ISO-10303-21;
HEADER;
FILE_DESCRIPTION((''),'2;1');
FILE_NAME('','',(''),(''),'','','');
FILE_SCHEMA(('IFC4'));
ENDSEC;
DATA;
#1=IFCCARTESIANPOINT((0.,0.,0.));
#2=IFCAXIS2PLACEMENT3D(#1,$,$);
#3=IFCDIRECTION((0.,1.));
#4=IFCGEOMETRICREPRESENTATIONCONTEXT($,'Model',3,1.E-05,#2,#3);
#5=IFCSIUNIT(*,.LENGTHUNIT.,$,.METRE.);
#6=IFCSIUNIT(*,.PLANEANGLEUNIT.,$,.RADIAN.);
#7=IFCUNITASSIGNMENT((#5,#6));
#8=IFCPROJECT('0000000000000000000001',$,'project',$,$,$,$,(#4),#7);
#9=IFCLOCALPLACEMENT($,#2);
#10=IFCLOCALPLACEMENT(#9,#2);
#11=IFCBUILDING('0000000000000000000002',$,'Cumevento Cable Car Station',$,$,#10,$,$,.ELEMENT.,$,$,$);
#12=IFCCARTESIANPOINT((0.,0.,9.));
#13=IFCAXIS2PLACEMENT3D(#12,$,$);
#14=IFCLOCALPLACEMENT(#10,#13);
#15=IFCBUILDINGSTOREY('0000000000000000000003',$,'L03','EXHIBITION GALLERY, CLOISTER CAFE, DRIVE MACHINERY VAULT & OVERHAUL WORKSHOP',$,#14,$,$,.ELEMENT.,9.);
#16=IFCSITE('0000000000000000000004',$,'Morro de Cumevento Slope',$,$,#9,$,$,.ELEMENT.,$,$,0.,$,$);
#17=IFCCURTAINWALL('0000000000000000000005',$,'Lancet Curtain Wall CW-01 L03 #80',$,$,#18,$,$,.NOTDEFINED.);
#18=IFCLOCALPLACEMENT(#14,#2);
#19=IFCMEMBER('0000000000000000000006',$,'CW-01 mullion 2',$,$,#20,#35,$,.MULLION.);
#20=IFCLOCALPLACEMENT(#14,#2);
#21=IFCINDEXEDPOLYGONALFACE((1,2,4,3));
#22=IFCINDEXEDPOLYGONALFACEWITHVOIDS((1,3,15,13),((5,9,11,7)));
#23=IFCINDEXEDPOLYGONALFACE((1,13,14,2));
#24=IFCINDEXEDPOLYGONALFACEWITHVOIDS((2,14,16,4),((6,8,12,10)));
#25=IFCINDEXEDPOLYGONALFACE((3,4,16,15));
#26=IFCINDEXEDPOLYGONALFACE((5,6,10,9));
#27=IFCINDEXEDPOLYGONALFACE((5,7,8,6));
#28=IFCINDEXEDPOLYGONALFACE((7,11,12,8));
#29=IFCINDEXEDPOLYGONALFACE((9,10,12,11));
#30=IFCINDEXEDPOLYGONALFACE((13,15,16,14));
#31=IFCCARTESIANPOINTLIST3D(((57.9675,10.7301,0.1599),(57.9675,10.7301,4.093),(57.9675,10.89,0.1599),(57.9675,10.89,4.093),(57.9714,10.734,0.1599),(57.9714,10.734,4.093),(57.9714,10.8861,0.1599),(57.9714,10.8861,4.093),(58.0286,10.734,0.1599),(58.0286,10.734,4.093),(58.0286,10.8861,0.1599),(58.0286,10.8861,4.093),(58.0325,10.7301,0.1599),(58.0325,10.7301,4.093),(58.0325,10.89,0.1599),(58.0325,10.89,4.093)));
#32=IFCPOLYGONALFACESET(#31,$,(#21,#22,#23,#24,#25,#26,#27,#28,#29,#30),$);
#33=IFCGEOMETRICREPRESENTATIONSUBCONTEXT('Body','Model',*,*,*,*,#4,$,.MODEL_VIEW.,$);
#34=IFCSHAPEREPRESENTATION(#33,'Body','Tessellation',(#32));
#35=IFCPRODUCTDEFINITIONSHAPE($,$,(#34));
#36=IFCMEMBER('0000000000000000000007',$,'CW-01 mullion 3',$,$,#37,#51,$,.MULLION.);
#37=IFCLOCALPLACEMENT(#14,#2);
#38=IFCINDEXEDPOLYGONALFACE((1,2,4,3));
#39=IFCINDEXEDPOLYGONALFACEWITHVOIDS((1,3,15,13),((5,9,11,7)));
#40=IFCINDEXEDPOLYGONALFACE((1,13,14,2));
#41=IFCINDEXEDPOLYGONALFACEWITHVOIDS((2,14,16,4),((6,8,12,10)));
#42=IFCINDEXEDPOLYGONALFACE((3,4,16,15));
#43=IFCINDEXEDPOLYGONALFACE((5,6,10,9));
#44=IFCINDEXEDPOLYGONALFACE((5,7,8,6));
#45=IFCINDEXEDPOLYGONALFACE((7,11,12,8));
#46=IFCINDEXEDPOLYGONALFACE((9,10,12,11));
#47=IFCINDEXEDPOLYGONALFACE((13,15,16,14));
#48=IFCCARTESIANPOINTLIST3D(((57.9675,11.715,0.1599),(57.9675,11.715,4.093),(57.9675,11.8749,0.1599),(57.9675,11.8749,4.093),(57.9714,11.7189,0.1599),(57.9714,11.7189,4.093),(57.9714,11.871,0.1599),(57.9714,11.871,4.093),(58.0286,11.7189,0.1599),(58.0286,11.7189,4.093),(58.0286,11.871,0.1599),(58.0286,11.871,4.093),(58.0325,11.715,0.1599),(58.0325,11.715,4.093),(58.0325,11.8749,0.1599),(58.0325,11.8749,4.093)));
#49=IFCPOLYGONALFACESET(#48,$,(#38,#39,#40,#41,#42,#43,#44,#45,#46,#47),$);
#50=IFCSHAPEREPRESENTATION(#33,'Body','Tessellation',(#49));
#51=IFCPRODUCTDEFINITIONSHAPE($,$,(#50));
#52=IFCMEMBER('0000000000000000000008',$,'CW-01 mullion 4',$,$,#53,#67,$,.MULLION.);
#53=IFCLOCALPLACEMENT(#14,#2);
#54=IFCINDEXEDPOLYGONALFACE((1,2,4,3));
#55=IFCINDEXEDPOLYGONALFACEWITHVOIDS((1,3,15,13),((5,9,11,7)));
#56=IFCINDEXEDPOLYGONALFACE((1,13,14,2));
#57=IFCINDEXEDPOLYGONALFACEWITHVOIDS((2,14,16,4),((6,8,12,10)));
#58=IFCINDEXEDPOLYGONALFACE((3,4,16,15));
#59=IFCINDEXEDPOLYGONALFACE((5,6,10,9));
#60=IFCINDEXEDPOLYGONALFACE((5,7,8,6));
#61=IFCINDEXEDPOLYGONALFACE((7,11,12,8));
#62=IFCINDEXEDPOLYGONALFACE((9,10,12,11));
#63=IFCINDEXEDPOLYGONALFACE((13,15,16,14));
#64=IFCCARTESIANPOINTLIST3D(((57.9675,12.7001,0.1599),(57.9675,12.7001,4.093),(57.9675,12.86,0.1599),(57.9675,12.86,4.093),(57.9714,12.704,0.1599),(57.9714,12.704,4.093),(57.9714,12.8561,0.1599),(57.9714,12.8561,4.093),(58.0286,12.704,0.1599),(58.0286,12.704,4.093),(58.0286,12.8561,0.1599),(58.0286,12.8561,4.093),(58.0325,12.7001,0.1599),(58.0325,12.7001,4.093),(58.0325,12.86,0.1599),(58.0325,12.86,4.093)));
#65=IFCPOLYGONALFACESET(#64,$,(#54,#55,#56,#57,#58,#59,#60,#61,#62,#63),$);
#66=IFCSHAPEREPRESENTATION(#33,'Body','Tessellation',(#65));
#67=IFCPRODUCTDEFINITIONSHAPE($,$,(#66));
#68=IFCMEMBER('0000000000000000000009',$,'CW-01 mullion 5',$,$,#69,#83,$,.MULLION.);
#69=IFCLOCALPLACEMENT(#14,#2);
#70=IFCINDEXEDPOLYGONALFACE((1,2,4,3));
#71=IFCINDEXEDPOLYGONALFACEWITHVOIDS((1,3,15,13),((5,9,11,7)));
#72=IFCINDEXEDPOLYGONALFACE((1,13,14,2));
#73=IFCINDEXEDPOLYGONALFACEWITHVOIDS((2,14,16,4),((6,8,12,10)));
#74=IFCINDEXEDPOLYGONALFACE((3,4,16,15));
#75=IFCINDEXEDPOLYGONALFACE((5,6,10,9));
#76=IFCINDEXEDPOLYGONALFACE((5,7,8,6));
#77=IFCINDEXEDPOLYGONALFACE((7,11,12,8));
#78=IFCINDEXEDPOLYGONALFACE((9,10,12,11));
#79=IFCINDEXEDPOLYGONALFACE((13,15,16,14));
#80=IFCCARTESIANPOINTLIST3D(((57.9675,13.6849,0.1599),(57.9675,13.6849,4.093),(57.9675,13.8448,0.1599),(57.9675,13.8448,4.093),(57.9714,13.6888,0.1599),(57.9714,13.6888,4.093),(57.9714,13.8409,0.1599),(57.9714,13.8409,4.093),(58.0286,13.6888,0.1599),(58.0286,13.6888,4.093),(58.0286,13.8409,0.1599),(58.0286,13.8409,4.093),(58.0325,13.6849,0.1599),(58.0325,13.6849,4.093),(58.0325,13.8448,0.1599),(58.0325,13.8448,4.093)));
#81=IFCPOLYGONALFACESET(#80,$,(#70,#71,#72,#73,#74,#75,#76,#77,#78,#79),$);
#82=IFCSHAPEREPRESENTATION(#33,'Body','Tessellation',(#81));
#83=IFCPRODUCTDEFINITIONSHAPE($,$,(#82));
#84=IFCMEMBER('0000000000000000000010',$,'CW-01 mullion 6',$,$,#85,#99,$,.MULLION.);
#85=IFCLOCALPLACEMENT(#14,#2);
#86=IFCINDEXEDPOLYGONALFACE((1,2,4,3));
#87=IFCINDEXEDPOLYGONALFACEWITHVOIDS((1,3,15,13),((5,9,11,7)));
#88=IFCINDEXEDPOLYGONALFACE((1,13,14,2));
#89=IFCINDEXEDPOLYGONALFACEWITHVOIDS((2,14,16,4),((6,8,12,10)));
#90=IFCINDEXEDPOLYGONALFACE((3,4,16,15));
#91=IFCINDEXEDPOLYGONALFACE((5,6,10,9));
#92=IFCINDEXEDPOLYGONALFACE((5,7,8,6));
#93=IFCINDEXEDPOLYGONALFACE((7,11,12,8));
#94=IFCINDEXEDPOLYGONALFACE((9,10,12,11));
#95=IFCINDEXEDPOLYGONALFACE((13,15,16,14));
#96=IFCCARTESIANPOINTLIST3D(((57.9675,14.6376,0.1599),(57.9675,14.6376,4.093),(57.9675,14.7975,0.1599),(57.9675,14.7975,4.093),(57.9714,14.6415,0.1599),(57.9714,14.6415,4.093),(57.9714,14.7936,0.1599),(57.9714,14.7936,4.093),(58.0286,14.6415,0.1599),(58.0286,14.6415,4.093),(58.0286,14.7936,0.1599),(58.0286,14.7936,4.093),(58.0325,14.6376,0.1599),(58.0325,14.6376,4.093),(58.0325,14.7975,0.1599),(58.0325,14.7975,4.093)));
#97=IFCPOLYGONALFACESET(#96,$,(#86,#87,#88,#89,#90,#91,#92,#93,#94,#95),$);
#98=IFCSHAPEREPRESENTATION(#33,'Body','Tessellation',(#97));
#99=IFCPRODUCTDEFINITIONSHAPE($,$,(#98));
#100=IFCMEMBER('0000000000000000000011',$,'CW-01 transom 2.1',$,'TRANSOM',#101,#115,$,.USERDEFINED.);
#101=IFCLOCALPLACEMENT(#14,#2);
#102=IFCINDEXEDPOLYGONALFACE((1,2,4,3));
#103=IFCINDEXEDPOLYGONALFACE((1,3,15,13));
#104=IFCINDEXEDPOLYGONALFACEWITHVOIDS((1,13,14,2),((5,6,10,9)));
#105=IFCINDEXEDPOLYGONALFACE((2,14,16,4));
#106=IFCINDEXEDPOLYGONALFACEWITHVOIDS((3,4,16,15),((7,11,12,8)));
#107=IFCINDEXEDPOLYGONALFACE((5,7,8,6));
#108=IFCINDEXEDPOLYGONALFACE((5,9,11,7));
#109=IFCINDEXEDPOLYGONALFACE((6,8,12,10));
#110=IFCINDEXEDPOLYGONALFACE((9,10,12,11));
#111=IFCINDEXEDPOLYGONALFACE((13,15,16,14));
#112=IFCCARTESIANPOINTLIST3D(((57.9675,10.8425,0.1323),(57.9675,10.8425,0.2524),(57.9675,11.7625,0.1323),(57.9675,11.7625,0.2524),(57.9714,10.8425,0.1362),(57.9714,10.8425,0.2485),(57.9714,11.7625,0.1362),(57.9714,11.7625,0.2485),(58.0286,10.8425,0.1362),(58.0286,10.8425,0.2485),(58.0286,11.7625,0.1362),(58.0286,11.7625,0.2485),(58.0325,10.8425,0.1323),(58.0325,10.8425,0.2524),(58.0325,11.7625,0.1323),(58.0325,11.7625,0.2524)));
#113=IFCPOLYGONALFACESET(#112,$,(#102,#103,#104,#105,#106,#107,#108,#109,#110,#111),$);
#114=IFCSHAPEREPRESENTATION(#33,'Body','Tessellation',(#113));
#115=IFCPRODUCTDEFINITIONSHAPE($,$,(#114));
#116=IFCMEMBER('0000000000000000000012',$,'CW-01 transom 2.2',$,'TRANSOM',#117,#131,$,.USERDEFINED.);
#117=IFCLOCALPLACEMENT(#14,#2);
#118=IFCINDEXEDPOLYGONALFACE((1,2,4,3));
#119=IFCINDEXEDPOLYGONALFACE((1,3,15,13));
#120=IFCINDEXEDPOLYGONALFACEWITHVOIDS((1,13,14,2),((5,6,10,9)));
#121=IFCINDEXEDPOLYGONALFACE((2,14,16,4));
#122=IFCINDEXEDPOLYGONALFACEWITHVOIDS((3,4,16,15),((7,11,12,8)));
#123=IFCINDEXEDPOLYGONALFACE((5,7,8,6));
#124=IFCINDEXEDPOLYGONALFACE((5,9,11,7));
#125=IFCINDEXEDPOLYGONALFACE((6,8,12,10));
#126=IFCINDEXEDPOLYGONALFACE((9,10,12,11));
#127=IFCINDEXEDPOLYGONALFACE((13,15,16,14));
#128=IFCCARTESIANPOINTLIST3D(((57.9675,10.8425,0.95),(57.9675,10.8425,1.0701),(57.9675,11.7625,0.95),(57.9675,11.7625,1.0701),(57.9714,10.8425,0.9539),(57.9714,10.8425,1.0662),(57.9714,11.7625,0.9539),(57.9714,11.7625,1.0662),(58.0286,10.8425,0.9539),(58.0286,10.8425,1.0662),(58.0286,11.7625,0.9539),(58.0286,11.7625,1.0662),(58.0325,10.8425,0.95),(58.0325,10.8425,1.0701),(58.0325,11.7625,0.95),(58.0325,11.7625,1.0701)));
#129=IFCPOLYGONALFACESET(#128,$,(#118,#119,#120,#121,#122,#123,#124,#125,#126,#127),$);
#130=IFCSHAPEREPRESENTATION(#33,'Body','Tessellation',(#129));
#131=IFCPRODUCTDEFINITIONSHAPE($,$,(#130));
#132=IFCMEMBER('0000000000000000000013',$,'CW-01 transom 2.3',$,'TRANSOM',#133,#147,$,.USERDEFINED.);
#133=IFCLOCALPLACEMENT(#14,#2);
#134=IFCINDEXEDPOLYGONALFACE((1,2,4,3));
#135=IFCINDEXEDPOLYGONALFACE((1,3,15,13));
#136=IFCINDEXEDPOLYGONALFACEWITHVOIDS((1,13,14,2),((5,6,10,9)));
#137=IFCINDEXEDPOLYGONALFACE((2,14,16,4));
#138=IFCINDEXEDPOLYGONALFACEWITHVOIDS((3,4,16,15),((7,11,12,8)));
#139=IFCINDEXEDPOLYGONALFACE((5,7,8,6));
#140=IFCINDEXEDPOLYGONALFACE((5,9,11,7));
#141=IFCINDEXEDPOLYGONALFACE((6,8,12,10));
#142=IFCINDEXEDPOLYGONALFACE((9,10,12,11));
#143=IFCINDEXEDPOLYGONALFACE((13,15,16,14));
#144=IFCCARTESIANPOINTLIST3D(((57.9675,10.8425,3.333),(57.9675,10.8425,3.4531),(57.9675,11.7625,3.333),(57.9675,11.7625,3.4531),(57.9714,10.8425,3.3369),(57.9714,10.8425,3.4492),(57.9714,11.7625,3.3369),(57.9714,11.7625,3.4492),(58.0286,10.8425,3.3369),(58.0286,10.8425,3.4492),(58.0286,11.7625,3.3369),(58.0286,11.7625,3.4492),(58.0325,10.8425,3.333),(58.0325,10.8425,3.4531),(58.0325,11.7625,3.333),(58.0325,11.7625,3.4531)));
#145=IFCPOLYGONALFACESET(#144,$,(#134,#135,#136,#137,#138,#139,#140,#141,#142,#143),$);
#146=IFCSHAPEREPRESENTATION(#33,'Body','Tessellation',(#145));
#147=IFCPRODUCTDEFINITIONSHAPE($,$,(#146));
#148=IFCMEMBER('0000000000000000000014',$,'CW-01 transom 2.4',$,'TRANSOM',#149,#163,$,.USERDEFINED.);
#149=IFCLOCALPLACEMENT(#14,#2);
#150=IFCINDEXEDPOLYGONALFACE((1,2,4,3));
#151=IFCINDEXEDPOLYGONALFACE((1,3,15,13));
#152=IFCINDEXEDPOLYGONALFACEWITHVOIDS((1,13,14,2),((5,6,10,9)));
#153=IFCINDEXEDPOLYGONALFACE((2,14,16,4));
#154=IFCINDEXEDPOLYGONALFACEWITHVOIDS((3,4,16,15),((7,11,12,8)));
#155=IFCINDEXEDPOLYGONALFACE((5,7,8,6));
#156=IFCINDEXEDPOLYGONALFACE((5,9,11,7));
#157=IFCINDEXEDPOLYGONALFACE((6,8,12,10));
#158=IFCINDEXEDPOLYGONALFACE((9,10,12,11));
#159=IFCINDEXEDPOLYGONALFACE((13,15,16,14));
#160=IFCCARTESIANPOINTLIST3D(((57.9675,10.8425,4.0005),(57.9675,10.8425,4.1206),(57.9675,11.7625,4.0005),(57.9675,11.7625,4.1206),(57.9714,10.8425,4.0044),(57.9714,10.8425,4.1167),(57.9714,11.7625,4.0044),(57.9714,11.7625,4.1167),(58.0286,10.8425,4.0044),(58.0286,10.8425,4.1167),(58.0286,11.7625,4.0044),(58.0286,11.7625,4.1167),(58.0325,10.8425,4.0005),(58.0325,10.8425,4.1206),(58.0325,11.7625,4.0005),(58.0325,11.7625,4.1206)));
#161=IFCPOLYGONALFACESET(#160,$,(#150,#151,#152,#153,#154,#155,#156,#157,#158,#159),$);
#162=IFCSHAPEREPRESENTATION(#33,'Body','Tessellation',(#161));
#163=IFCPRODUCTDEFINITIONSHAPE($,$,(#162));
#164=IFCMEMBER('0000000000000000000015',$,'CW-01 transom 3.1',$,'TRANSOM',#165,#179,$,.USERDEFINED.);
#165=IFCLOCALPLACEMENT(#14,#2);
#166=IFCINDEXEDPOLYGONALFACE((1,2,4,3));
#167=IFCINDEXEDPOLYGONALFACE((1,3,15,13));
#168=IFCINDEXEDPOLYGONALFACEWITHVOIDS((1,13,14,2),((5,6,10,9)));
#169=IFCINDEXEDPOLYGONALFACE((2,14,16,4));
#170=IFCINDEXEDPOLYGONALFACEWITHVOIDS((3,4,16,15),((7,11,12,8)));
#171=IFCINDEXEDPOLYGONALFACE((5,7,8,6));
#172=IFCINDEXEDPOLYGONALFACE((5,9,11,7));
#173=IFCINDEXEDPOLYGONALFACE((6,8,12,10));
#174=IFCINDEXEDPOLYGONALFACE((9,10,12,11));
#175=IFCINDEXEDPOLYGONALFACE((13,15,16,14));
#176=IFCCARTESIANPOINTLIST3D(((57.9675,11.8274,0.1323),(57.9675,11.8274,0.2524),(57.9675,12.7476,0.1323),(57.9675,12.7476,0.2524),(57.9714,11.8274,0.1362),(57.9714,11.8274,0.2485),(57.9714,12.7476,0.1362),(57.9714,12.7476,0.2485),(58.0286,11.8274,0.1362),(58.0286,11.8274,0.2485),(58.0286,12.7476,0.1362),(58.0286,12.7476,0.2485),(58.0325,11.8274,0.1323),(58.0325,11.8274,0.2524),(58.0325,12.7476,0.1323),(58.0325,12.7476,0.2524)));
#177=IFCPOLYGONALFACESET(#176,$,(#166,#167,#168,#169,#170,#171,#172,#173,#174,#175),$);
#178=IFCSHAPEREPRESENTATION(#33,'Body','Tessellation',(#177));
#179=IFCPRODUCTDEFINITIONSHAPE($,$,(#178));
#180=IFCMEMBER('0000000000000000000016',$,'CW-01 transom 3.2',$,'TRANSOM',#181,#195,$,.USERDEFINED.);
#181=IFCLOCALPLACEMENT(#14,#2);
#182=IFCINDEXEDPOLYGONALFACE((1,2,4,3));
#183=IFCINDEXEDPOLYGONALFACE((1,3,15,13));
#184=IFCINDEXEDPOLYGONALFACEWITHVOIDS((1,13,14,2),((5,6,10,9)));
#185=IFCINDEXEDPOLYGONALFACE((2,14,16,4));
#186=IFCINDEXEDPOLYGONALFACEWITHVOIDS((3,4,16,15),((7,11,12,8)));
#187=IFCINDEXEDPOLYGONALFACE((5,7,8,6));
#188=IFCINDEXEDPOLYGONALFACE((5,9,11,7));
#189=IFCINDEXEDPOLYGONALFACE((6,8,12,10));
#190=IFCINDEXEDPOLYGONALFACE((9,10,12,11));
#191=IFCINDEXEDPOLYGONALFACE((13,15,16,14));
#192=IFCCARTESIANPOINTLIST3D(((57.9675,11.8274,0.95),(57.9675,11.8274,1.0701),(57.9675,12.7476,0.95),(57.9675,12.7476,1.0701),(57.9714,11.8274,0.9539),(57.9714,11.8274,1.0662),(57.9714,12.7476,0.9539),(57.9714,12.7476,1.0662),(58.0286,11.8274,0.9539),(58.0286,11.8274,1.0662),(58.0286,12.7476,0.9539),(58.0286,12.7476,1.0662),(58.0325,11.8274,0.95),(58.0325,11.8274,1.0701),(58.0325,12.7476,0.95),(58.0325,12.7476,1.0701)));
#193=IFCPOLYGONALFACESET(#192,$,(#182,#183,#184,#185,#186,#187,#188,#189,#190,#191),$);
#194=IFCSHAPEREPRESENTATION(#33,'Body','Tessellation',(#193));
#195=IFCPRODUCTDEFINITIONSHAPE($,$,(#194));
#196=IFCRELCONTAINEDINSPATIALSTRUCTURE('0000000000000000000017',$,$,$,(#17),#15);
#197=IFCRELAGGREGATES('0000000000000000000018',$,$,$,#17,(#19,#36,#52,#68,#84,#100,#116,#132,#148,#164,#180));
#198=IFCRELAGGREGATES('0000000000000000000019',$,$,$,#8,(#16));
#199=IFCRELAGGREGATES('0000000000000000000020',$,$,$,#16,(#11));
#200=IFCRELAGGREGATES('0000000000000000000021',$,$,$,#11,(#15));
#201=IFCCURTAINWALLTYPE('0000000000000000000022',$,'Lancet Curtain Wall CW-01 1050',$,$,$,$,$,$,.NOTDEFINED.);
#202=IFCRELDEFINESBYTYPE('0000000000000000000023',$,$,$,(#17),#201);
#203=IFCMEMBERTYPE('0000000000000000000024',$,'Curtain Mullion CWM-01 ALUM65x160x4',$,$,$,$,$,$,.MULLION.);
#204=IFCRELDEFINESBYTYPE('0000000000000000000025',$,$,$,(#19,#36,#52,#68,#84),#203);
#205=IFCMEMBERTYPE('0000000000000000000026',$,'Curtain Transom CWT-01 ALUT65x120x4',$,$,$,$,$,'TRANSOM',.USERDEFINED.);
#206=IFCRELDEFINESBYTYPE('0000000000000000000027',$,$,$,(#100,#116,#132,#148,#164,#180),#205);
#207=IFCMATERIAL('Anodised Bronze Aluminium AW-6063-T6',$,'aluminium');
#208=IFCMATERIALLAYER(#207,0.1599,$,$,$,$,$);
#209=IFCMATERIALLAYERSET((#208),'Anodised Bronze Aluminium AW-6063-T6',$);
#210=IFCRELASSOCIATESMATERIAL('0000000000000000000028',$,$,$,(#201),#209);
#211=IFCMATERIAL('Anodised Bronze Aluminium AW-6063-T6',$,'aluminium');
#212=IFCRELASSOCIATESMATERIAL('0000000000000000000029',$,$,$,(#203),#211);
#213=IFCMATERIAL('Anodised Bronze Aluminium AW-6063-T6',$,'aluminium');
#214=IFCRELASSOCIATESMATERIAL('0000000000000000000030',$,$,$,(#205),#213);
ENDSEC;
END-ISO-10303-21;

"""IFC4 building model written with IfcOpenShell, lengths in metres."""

from ifc_helpers import new_model, si_unit, direction, frame, origin, origin_2d, place, context, subcontext, project, spatial, hollow_rectangle, extrude, material, layer, layer_set, material_profile, profile_set, type_object, element, aggregate, save


model = new_model("IFC4")

# Units and contexts
model_context = context("Model", 3, precision=1e-05, world=origin(), true_north=direction((0.0, 1.0)))
body_context = subcontext(model_context, "Body", "Model", "MODEL_VIEW")
ifc_project = project(units=[si_unit("LENGTHUNIT", "METRE"), si_unit("PLANEANGLEUNIT", "RADIAN")], contexts=[model_context])

# Site, building, storey
site_placement = place(None, origin())
site = spatial("IfcSite", under=ifc_project, at=site_placement, Name="Morro de Cumevento Slope", CompositionType="ELEMENT", RefElevation=0.0)
building_placement = place(site_placement, origin())
building = spatial("IfcBuilding", under=site, at=building_placement, Name="Cumevento Cable Car Station", CompositionType="ELEMENT")
storey_placement = place(building_placement, frame((0.0, 0.0, 9.0)))
storey = spatial("IfcBuildingStorey", under=building, at=storey_placement, Name="L03", Description="EXHIBITION GALLERY, CLOISTER CAFE, DRIVE MACHINERY VAULT & OVERHAUL WORKSHOP", CompositionType="ELEMENT", Elevation=9.0)

# Curtain wall, members
ifc_material_1 = material(Name="Anodised Bronze Aluminium AW-6063-T6", Category="aluminium")
ifc_layer_1 = layer(ifc_material_1, 0.1599)
ifc_layer_set_1 = layer_set([ifc_layer_1], Name="Anodised Bronze Aluminium AW-6063-T6")
curtain_wall_type = type_object("IfcCurtainWallType", Name="Lancet Curtain Wall CW-01 1050", PredefinedType="NOTDEFINED", material=ifc_layer_set_1)
curtain_wall_placement = place(storey_placement, origin())
curtain_wall = element("IfcCurtainWall", 1, at=curtain_wall_placement, inside=storey, type_object=curtain_wall_type, Name="Lancet Curtain Wall CW-01 L03 #80", PredefinedType="NOTDEFINED")
ifc_material_2 = material(Name="Anodised Bronze Aluminium AW-6063-T6", Category="aluminium")
ifc_material_profile_1 = material_profile(ifc_material_2, hollow_rectangle(XDim=0.0649, YDim=0.1599, WallThickness=0.0039, at=origin_2d()), Name="ALUM65x160x4")
ifc_profile_set_1 = profile_set([ifc_material_profile_1], Name="Anodised Bronze Aluminium AW-6063-T6")
member_type_1 = type_object("IfcMemberType", Name="Curtain Mullion CWM-01 ALUM65x160x4", PredefinedType="MULLION", material=ifc_profile_set_1)
member_1_placement = place(storey_placement, frame((58.0, 10.8101, 0.1599), z_axis=(0.0, 0.0, 1.0), x_axis=(-1.0, 0.0, 0.0)))
member_1 = element("IfcMember", 2, at=member_1_placement, type_object=member_type_1, Name="CW-01 mullion 2", PredefinedType="MULLION", context=body_context, shape_type="SweptSolid", body=[
    extrude(hollow_rectangle(XDim=0.0649, YDim=0.1599, WallThickness=0.0039, at=origin_2d()), origin(), (0.0, 0.0, 1.0), 3.9331),
])
member_2_placement = place(storey_placement, frame((58.0, 11.7949, 0.1599), z_axis=(0.0, 0.0, 1.0), x_axis=(-1.0, 0.0, 0.0)))
member_2 = element("IfcMember", 3, at=member_2_placement, type_object=member_type_1, Name="CW-01 mullion 3", PredefinedType="MULLION", context=body_context, shape_type="SweptSolid", body=[
    extrude(hollow_rectangle(XDim=0.0649, YDim=0.1599, WallThickness=0.0039, at=origin_2d()), origin(), (0.0, 0.0, 1.0), 3.9331),
])
member_3_placement = place(storey_placement, frame((58.0, 12.78, 0.1599), z_axis=(0.0, 0.0, 1.0), x_axis=(-1.0, 0.0, 0.0)))
member_3 = element("IfcMember", 4, at=member_3_placement, type_object=member_type_1, Name="CW-01 mullion 4", PredefinedType="MULLION", context=body_context, shape_type="SweptSolid", body=[
    extrude(hollow_rectangle(XDim=0.0649, YDim=0.1599, WallThickness=0.0039, at=origin_2d()), origin(), (0.0, 0.0, 1.0), 3.9331),
])
member_4_placement = place(storey_placement, frame((58.0, 13.7649, 0.1599), z_axis=(0.0, 0.0, 1.0), x_axis=(-1.0, 0.0, 0.0)))
member_4 = element("IfcMember", 5, at=member_4_placement, type_object=member_type_1, Name="CW-01 mullion 5", PredefinedType="MULLION", context=body_context, shape_type="SweptSolid", body=[
    extrude(hollow_rectangle(XDim=0.0649, YDim=0.1599, WallThickness=0.0039, at=origin_2d()), origin(), (0.0, 0.0, 1.0), 3.9331),
])
member_5_placement = place(storey_placement, frame((58.0, 14.7175, 0.1599), z_axis=(0.0, 0.0, 1.0), x_axis=(-1.0, 0.0, 0.0)))
member_5 = element("IfcMember", 6, at=member_5_placement, type_object=member_type_1, Name="CW-01 mullion 6", PredefinedType="MULLION", context=body_context, shape_type="SweptSolid", body=[
    extrude(hollow_rectangle(XDim=0.0649, YDim=0.1599, WallThickness=0.0039, at=origin_2d()), origin(), (0.0, 0.0, 1.0), 3.9331),
])
ifc_material_3 = material(Name="Anodised Bronze Aluminium AW-6063-T6", Category="aluminium")
ifc_material_profile_2 = material_profile(ifc_material_3, hollow_rectangle(XDim=0.0649, YDim=0.1201, WallThickness=0.0039, at=origin_2d()), Name="ALUT65x120x4")
ifc_profile_set_2 = profile_set([ifc_material_profile_2], Name="Anodised Bronze Aluminium AW-6063-T6")
member_type_2 = type_object("IfcMemberType", Name="Curtain Transom CWT-01 ALUT65x120x4", ElementType="TRANSOM", PredefinedType="USERDEFINED", material=ifc_profile_set_2)
member_6_placement = place(storey_placement, frame((58.0, 10.8425, 0.1924), z_axis=(0.0, 1.0, 0.0), x_axis=(-1.0, 0.0, 0.0)))
member_6 = element("IfcMember", 7, at=member_6_placement, type_object=member_type_2, Name="CW-01 transom 2.1", ObjectType="TRANSOM", PredefinedType="USERDEFINED", context=body_context, shape_type="SweptSolid", body=[
    extrude(hollow_rectangle(XDim=0.0649, YDim=0.1201, WallThickness=0.0039, at=origin_2d()), origin(), (0.0, 0.0, 1.0), 0.9199),
])
member_7_placement = place(storey_placement, frame((58.0, 10.8425, 1.01), z_axis=(0.0, 1.0, 0.0), x_axis=(-1.0, 0.0, 0.0)))
member_7 = element("IfcMember", 8, at=member_7_placement, type_object=member_type_2, Name="CW-01 transom 2.2", ObjectType="TRANSOM", PredefinedType="USERDEFINED", context=body_context, shape_type="SweptSolid", body=[
    extrude(hollow_rectangle(XDim=0.0649, YDim=0.1201, WallThickness=0.0039, at=origin_2d()), origin(), (0.0, 0.0, 1.0), 0.9199),
])
member_8_placement = place(storey_placement, frame((58.0, 10.8425, 3.3931), z_axis=(0.0, 1.0, 0.0), x_axis=(-1.0, 0.0, 0.0)))
member_8 = element("IfcMember", 9, at=member_8_placement, type_object=member_type_2, Name="CW-01 transom 2.3", ObjectType="TRANSOM", PredefinedType="USERDEFINED", context=body_context, shape_type="SweptSolid", body=[
    extrude(hollow_rectangle(XDim=0.0649, YDim=0.1201, WallThickness=0.0039, at=origin_2d()), origin(), (0.0, 0.0, 1.0), 0.9199),
])
member_9_placement = place(storey_placement, frame((58.0, 10.8425, 4.0605), z_axis=(0.0, 1.0, 0.0), x_axis=(-1.0, 0.0, 0.0)))
member_9 = element("IfcMember", 10, at=member_9_placement, type_object=member_type_2, Name="CW-01 transom 2.4", ObjectType="TRANSOM", PredefinedType="USERDEFINED", context=body_context, shape_type="SweptSolid", body=[
    extrude(hollow_rectangle(XDim=0.0649, YDim=0.1201, WallThickness=0.0039, at=origin_2d()), origin(), (0.0, 0.0, 1.0), 0.9199),
])
member_10_placement = place(storey_placement, frame((58.0, 11.8274, 0.1924), z_axis=(0.0, 1.0, 0.0), x_axis=(-1.0, 0.0, 0.0)))
member_10 = element("IfcMember", 11, at=member_10_placement, type_object=member_type_2, Name="CW-01 transom 3.1", ObjectType="TRANSOM", PredefinedType="USERDEFINED", context=body_context, shape_type="SweptSolid", body=[
    extrude(hollow_rectangle(XDim=0.0649, YDim=0.1201, WallThickness=0.0039, at=origin_2d()), origin(), (0.0, 0.0, 1.0), 0.9202),
])
member_11_placement = place(storey_placement, frame((58.0, 11.8274, 1.01), z_axis=(0.0, 1.0, 0.0), x_axis=(-1.0, 0.0, 0.0)))
member_11 = element("IfcMember", 12, at=member_11_placement, type_object=member_type_2, Name="CW-01 transom 3.2", ObjectType="TRANSOM", PredefinedType="USERDEFINED", context=body_context, shape_type="SweptSolid", body=[
    extrude(hollow_rectangle(XDim=0.0649, YDim=0.1201, WallThickness=0.0039, at=origin_2d()), origin(), (0.0, 0.0, 1.0), 0.9202),
])
aggregate(curtain_wall, [member_1, member_2, member_3, member_4, member_5, member_6, member_7, member_8, member_9, member_10, member_11])

save(model, "model.ifc")
